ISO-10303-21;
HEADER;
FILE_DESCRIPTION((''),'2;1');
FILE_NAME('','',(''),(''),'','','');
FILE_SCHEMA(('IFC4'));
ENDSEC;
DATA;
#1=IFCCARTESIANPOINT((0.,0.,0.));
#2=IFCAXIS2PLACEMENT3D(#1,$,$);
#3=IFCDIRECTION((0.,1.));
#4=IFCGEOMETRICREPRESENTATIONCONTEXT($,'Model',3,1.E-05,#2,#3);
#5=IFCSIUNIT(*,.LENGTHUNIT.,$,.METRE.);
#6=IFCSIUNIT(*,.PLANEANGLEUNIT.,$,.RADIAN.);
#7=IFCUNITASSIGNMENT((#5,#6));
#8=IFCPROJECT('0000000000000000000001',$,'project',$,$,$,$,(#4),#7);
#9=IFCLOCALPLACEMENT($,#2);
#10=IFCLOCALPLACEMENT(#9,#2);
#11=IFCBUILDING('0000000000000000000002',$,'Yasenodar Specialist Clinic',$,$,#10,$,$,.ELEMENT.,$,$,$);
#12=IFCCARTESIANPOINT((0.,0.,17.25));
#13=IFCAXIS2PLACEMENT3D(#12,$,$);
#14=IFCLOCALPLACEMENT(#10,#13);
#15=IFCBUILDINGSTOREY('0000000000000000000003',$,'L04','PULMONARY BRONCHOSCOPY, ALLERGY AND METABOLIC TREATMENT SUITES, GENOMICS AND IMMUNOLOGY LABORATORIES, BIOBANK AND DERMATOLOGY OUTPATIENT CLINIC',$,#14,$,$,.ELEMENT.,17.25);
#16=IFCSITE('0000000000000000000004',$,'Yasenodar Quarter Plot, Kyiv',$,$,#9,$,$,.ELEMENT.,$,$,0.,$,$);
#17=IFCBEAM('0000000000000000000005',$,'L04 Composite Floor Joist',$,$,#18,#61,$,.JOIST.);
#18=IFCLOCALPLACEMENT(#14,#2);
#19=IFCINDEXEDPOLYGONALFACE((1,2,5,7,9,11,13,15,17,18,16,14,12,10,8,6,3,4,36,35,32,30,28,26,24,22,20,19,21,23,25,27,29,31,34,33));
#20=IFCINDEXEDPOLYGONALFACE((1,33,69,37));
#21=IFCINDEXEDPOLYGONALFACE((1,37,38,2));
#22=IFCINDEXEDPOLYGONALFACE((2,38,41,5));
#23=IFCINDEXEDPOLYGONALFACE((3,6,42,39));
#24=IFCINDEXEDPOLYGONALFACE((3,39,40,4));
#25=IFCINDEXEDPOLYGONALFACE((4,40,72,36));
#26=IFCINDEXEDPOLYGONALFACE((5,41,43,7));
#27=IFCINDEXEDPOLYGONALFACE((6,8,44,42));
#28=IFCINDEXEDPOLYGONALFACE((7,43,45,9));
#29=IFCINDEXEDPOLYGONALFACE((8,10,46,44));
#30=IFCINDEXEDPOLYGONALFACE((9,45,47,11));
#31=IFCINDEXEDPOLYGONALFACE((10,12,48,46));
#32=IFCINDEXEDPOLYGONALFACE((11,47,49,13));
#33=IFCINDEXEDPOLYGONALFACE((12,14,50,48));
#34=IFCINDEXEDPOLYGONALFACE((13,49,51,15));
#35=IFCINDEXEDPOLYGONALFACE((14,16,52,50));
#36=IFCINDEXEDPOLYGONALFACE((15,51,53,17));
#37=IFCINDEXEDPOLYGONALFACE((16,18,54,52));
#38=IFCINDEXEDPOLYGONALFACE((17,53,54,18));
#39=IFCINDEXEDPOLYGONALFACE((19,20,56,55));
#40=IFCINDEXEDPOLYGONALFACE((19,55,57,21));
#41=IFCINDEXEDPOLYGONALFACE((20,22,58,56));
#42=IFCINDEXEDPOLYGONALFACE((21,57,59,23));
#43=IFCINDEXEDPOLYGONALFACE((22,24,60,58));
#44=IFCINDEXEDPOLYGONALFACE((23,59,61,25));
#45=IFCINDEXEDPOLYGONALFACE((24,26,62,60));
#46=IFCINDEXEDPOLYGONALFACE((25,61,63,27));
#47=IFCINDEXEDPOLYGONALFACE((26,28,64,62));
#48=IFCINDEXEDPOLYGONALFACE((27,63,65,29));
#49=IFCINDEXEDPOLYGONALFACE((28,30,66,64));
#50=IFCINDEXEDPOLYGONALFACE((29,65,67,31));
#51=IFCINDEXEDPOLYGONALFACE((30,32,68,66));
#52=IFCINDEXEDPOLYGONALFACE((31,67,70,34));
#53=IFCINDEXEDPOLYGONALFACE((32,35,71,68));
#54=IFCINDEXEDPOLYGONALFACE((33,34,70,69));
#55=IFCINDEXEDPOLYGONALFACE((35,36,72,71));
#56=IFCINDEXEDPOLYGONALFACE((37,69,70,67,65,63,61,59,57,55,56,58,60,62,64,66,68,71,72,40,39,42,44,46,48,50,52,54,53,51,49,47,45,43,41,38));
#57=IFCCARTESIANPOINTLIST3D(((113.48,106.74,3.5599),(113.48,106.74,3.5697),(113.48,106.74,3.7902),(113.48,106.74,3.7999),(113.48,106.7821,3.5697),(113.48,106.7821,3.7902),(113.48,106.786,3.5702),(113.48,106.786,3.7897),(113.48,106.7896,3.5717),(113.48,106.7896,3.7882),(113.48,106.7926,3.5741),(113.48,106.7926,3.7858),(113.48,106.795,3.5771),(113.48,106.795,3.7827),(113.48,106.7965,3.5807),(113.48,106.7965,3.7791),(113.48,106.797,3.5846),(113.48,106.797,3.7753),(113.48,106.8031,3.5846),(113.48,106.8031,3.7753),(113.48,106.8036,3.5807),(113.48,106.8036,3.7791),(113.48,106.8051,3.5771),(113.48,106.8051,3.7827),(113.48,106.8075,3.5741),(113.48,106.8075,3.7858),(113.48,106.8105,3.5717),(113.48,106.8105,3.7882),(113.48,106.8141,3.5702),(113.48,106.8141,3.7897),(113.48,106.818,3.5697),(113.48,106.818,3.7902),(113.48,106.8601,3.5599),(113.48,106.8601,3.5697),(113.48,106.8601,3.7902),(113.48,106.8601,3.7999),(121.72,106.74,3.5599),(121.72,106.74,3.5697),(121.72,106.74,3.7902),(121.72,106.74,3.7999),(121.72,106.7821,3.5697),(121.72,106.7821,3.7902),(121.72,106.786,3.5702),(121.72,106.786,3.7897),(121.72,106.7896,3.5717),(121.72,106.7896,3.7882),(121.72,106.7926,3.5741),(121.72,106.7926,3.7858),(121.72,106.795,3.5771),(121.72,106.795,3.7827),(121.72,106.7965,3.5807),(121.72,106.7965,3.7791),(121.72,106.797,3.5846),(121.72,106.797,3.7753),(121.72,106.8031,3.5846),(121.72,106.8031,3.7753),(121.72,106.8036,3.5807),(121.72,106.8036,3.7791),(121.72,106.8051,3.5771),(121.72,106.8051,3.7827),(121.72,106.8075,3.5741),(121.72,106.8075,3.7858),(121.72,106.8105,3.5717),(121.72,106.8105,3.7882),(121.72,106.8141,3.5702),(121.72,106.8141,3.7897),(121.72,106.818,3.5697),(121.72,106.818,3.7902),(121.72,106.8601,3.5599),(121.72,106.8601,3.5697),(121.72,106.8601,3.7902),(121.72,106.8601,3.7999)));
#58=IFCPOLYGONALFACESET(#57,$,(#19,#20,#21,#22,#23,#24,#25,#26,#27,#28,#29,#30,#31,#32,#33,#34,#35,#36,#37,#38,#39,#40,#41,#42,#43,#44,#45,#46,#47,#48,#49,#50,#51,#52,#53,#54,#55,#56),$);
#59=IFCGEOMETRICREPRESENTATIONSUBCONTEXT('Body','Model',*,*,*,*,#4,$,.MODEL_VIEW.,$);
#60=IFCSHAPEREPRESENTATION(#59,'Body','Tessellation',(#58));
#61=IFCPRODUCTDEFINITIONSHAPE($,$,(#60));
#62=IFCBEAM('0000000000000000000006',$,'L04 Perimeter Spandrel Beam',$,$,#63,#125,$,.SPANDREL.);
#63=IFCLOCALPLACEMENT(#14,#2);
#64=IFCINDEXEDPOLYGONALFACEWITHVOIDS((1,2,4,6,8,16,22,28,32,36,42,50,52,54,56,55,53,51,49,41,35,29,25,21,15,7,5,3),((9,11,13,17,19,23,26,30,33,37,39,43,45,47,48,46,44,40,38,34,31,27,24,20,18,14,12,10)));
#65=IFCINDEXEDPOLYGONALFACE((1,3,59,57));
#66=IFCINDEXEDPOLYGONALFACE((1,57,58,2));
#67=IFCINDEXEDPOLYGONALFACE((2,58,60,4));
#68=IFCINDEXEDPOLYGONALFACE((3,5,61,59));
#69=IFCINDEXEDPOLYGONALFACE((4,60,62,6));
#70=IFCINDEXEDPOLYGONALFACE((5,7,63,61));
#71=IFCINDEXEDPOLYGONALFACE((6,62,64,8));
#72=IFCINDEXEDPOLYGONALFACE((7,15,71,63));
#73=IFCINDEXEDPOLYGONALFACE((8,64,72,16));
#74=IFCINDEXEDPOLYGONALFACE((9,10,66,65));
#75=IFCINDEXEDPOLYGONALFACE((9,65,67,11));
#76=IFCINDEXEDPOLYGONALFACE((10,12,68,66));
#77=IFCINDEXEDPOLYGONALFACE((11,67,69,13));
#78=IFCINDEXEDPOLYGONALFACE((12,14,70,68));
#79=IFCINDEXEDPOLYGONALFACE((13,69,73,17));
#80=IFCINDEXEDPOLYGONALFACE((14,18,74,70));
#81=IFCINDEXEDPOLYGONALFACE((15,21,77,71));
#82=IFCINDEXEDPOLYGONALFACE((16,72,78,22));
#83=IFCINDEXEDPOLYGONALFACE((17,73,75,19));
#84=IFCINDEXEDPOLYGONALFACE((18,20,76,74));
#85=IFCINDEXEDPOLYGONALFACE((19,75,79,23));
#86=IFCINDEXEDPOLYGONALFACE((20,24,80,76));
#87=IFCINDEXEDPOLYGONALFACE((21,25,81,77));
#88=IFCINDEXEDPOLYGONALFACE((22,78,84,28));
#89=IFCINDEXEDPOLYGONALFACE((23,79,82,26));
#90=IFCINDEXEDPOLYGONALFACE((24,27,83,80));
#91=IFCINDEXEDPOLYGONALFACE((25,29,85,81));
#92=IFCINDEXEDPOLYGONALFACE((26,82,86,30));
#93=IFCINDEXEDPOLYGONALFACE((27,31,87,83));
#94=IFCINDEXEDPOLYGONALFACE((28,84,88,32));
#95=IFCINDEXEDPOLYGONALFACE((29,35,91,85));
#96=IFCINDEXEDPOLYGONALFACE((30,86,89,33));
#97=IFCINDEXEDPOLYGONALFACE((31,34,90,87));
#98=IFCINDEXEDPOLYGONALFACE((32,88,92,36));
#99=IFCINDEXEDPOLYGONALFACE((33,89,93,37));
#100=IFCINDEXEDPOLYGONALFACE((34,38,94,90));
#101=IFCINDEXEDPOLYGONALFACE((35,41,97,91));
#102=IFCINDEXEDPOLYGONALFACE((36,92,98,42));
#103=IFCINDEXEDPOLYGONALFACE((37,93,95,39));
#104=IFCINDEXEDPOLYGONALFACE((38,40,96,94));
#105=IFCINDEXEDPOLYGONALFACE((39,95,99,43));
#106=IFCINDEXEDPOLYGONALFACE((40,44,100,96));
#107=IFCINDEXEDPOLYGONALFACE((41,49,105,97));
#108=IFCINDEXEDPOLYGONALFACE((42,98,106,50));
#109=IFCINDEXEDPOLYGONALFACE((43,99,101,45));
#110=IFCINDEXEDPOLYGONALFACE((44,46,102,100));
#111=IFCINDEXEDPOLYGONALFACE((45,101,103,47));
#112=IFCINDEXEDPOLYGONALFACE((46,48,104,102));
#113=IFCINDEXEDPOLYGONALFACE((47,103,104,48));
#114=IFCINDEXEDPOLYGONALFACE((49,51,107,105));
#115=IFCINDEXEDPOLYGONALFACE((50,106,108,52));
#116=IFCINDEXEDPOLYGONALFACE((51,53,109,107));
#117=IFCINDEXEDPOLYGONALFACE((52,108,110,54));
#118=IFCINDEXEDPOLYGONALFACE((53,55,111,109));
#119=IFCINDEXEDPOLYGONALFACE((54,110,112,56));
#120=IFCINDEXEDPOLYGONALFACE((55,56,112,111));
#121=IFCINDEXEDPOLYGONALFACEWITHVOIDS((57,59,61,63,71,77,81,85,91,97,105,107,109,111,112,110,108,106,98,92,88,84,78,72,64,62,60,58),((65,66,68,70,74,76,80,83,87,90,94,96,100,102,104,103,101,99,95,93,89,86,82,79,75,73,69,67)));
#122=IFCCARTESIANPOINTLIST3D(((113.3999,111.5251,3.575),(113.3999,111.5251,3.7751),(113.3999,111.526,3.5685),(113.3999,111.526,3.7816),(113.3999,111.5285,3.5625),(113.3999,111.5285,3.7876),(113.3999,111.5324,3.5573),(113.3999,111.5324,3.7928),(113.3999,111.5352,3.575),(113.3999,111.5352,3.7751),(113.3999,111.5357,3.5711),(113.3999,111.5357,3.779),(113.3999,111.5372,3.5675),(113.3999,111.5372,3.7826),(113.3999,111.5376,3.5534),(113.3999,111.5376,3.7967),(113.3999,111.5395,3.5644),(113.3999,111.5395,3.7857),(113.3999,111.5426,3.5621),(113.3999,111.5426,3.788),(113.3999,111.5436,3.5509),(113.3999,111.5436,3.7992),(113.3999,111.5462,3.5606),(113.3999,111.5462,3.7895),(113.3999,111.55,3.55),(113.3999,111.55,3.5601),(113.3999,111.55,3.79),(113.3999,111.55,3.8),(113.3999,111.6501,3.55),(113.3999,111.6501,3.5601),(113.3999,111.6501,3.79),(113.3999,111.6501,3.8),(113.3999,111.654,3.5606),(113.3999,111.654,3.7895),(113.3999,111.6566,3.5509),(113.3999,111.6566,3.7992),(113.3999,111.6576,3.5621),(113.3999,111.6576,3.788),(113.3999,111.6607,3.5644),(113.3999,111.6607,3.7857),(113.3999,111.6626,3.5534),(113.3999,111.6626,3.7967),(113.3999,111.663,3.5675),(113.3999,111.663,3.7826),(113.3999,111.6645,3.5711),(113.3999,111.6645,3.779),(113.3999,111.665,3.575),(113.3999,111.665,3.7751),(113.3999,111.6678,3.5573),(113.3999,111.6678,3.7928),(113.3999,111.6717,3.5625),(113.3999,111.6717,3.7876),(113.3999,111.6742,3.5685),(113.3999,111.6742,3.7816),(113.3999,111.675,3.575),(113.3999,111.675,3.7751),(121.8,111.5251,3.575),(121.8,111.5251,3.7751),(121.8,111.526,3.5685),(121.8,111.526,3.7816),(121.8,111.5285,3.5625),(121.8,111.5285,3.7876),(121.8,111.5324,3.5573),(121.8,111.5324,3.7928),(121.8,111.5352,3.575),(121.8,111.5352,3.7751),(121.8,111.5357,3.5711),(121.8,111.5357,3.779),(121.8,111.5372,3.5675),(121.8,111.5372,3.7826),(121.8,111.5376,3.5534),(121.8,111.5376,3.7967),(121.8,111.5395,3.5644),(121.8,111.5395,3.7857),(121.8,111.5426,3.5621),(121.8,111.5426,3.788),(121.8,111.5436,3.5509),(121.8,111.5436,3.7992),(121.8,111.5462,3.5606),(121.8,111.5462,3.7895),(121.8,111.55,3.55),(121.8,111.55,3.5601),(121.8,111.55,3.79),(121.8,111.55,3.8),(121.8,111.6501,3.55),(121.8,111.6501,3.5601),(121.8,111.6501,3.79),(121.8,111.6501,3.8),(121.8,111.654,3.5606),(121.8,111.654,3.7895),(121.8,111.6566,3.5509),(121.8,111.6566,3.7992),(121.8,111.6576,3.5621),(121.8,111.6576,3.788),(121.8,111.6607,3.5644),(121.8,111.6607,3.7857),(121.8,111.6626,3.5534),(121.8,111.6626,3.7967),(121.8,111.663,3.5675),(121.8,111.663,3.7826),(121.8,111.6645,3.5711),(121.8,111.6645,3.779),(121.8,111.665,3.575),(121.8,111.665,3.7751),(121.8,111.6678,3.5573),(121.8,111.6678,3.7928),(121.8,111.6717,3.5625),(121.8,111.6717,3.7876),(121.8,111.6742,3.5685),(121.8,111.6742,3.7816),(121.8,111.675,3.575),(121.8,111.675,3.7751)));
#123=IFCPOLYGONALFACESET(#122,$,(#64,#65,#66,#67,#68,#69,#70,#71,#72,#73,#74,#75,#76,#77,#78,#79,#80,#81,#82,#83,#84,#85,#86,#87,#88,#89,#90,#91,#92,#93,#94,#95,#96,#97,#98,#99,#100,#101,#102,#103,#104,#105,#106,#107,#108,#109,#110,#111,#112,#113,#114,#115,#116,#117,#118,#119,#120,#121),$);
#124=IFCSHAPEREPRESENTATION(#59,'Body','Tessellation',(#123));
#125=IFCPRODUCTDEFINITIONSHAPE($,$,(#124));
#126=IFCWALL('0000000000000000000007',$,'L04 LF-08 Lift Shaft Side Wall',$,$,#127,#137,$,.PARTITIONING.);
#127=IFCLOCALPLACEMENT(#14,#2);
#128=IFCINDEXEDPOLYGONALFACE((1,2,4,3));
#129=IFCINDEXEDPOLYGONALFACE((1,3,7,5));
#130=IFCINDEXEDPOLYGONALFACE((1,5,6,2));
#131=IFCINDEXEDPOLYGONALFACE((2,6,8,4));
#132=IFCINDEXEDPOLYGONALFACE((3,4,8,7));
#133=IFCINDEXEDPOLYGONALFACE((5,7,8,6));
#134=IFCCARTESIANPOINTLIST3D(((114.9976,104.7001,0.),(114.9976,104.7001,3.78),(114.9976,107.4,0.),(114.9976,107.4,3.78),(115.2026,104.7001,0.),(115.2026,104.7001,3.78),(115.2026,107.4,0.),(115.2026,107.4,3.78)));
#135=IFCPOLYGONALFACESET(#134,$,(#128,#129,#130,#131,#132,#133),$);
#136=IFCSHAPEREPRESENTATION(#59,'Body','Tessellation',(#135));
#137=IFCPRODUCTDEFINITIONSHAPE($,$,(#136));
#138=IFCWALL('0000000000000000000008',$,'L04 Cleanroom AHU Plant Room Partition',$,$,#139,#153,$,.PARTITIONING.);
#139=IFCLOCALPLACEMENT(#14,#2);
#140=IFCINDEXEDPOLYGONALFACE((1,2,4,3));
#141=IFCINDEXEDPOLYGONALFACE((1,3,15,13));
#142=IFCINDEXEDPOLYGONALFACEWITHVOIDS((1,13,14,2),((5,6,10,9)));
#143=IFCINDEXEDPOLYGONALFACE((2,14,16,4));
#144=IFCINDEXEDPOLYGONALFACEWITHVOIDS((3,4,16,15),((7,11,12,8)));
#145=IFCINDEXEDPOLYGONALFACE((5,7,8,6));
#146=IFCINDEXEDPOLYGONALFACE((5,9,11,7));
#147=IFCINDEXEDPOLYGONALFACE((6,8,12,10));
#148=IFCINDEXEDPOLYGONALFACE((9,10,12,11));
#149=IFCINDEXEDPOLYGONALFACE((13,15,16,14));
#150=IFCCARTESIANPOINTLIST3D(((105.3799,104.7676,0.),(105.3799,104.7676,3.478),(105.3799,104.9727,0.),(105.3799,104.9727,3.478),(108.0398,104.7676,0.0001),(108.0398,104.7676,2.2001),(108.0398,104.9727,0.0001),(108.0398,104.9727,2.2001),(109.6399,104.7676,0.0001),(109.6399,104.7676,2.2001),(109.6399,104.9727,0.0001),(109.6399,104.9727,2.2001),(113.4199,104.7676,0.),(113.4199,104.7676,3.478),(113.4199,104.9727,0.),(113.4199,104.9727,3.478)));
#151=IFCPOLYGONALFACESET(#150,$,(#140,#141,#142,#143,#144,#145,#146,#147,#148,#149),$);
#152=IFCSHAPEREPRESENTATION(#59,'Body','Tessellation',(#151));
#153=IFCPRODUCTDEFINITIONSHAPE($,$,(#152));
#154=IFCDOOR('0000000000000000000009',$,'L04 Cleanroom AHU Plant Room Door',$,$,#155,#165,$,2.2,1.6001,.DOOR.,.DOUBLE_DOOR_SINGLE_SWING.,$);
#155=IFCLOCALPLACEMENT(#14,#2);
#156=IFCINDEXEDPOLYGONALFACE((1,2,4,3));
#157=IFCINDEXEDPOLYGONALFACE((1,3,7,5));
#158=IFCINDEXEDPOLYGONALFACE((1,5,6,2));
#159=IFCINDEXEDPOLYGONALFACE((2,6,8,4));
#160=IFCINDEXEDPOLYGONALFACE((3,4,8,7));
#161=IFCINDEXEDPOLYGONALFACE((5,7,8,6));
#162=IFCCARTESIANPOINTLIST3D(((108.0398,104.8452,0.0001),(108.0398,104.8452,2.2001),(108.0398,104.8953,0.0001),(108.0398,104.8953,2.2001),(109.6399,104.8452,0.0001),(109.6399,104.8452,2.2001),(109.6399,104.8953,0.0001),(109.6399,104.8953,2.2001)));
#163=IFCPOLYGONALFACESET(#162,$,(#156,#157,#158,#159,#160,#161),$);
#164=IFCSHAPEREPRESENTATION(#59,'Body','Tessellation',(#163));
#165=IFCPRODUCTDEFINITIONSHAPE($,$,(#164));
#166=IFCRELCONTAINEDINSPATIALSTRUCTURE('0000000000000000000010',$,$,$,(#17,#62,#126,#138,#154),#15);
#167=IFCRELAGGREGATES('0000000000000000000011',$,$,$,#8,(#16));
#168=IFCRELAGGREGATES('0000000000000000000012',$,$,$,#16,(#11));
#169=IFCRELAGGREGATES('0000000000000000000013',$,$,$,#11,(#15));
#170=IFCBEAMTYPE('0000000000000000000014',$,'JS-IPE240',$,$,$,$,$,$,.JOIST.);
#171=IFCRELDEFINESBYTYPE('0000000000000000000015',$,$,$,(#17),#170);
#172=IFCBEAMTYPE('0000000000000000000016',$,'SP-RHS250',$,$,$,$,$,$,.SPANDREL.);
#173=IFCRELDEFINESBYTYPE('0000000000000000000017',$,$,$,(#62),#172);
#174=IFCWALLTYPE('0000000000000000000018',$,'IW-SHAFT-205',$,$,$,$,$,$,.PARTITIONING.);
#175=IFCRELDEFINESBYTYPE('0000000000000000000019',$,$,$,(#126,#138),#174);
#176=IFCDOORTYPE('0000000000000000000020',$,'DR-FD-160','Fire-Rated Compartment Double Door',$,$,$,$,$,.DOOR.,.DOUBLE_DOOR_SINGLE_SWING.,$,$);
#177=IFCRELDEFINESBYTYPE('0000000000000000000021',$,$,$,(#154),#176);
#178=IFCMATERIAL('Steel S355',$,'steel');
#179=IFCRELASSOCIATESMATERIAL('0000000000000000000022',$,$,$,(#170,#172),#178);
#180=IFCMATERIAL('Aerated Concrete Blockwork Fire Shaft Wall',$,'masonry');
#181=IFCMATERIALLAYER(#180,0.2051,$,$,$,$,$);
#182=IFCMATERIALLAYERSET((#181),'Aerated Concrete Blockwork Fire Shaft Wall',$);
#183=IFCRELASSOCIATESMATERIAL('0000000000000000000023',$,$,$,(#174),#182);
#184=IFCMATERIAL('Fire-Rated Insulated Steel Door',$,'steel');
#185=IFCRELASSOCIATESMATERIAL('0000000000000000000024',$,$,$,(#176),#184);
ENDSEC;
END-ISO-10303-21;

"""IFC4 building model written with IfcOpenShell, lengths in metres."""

from ifc_helpers import new_model, si_unit, direction, frame, frame_2d, origin, origin_2d, place, context, subcontext, project, spatial, rectangle, hollow_rectangle, i_section, extrude, material, layer, layer_set, material_profile, profile_set, type_object, element, fill, save


model = new_model("IFC4")

# Units and contexts
model_context = context("Model", 3, precision=1e-05, world=origin(), true_north=direction((0.0, 1.0)))
body_context = subcontext(model_context, "Body", "Model", "MODEL_VIEW")
ifc_project = project(units=[si_unit("LENGTHUNIT", "METRE"), si_unit("PLANEANGLEUNIT", "RADIAN")], contexts=[model_context])

# Site, building, storey
site_placement = place(None, origin())
site = spatial("IfcSite", under=ifc_project, at=site_placement, Name="Yasenodar Quarter Plot, Kyiv", CompositionType="ELEMENT", RefElevation=0.0)
building_placement = place(site_placement, origin())
building = spatial("IfcBuilding", under=site, at=building_placement, Name="Yasenodar Specialist Clinic", CompositionType="ELEMENT")
storey_placement = place(building_placement, frame((0.0, 0.0, 17.25)))
storey = spatial("IfcBuildingStorey", under=building, at=storey_placement, Name="L04", Description="PULMONARY BRONCHOSCOPY, ALLERGY AND METABOLIC TREATMENT SUITES, GENOMICS AND IMMUNOLOGY LABORATORIES, BIOBANK AND DERMATOLOGY OUTPATIENT CLINIC", CompositionType="ELEMENT", Elevation=17.25)

# Shared definitions
ifc_material_1 = material(Name="Steel S355", Category="steel")

# Beams
ifc_material_profile_1 = material_profile(ifc_material_1, i_section(OverallWidth=0.1201, OverallDepth=0.24, WebThickness=0.0061, FlangeThickness=0.0098, FilletRadius=0.0149, at=origin_2d()), Name="IPE 240")
ifc_profile_set_1 = profile_set([ifc_material_profile_1], Name="Steel S355")
beam_type_1 = type_object("IfcBeamType", Name="JS-IPE240", PredefinedType="JOIST", material=ifc_profile_set_1)
beam_1_placement = place(storey_placement, frame((113.48, 106.8, 3.6799), z_axis=(1.0, 0.0, 0.0), x_axis=(0.0, 1.0, 0.0)))
element("IfcBeam", 1, at=beam_1_placement, inside=storey, type_object=beam_type_1, Name="L04 Composite Floor Joist", PredefinedType="JOIST", context=body_context, shape_type="SweptSolid", body=[
    extrude(i_section(OverallWidth=0.1201, OverallDepth=0.24, WebThickness=0.0061, FlangeThickness=0.0098, FilletRadius=0.0149, at=origin_2d()), origin(), (0.0, 0.0, 1.0), 8.24),
])
ifc_material_profile_2 = material_profile(ifc_material_1, hollow_rectangle(XDim=0.1499, YDim=0.25, WallThickness=0.01, InnerFilletRadius=0.0149, OuterFilletRadius=0.0249, at=origin_2d()), Name="RHS 250x150x10")
ifc_profile_set_2 = profile_set([ifc_material_profile_2], Name="Steel S355")
beam_type_2 = type_object("IfcBeamType", Name="SP-RHS250", PredefinedType="SPANDREL", material=ifc_profile_set_2)
beam_2_placement = place(storey_placement, frame((113.3999, 111.6001, 3.675), z_axis=(1.0, 0.0, 0.0), x_axis=(0.0, 1.0, 0.0)))
element("IfcBeam", 2, at=beam_2_placement, inside=storey, type_object=beam_type_2, Name="L04 Perimeter Spandrel Beam", PredefinedType="SPANDREL", context=body_context, shape_type="SweptSolid", body=[
    extrude(hollow_rectangle(XDim=0.1499, YDim=0.25, WallThickness=0.01, InnerFilletRadius=0.0149, OuterFilletRadius=0.0249, at=origin_2d()), origin(), (0.0, 0.0, 1.0), 8.4001),
])

# Wall
ifc_material_2 = material(Name="Aerated Concrete Blockwork Fire Shaft Wall", Category="masonry")
ifc_layer_1 = layer(ifc_material_2, 0.2051)
ifc_layer_set_1 = layer_set([ifc_layer_1], Name="Aerated Concrete Blockwork Fire Shaft Wall")
wall_type_1 = type_object("IfcWallType", Name="IW-SHAFT-205", PredefinedType="PARTITIONING", material=ifc_layer_set_1)
wall_1_placement = place(storey_placement, frame((115.1001, 104.7, 0.0), z_axis=(0.0, 0.0, 1.0), x_axis=(0.0, 1.0, 0.0)))
element("IfcWall", 3, at=wall_1_placement, inside=storey, type_object=wall_type_1, Name="L04 LF-08 Lift Shaft Side Wall", PredefinedType="PARTITIONING", context=body_context, shape_type="SweptSolid", body=[
    extrude(rectangle(XDim=2.7, YDim=0.2051, at=frame_2d((1.3501, 0.0))), origin(), (0.0, 0.0, 1.0), 3.78),
])

# Wall, opening, door
wall_2_placement = place(storey_placement, frame((113.4199, 104.8701, 0.0), z_axis=(0.0, 0.0, 1.0), x_axis=(-1.0, 0.0, 0.0)))
wall_2 = element("IfcWall", 4, at=wall_2_placement, inside=storey, type_object=wall_type_1, Name="L04 Cleanroom AHU Plant Room Partition", PredefinedType="PARTITIONING", context=body_context, shape_type="SweptSolid", body=[
    extrude(rectangle(XDim=8.04, YDim=0.2051, at=frame_2d((4.02, 0.0))), origin(), (0.0, 0.0, 1.0), 3.478),
])
opening_1_placement = place(wall_2_placement, frame((3.78, 0.0, 0.0)))
opening_1 = element("IfcOpeningElement", 5, at=opening_1_placement, cuts=wall_2, PredefinedType="OPENING", context=body_context, shape_type="SweptSolid", body=[
    extrude(rectangle(XDim=1.6001, YDim=2.2, at=frame_2d((0.8, 1.1001))), frame((0.0, 0.1125, 0.0), z_axis=(0.0, -1.0, 0.0), x_axis=(1.0, 0.0, 0.0)), (0.0, 0.0, 1.0), 0.2251),
])
ifc_material_3 = material(Name="Fire-Rated Insulated Steel Door", Category="steel")
door_type_1 = type_object("IfcDoorType", Name="DR-FD-160", Description="Fire-Rated Compartment Double Door", OperationType="DOUBLE_DOOR_SINGLE_SWING", PredefinedType="DOOR", material=ifc_material_3)
door_1_placement = place(opening_1_placement, origin())
door_1 = element("IfcDoor", 6, at=door_1_placement, inside=storey, type_object=door_type_1, Name="L04 Cleanroom AHU Plant Room Door", OperationType="DOUBLE_DOOR_SINGLE_SWING", OverallHeight=2.2, OverallWidth=1.6001, PredefinedType="DOOR", context=body_context, shape_type="SweptSolid", body=[
    extrude(rectangle(XDim=1.6001, YDim=2.2, at=frame_2d((0.8, 1.1001))), frame((0.0, 0.0249, 0.0), z_axis=(0.0, -1.0, 0.0), x_axis=(1.0, 0.0, 0.0)), (0.0, 0.0, 1.0), 0.05),
])
fill(opening_1, door_1)

save(model, "model.ifc")
